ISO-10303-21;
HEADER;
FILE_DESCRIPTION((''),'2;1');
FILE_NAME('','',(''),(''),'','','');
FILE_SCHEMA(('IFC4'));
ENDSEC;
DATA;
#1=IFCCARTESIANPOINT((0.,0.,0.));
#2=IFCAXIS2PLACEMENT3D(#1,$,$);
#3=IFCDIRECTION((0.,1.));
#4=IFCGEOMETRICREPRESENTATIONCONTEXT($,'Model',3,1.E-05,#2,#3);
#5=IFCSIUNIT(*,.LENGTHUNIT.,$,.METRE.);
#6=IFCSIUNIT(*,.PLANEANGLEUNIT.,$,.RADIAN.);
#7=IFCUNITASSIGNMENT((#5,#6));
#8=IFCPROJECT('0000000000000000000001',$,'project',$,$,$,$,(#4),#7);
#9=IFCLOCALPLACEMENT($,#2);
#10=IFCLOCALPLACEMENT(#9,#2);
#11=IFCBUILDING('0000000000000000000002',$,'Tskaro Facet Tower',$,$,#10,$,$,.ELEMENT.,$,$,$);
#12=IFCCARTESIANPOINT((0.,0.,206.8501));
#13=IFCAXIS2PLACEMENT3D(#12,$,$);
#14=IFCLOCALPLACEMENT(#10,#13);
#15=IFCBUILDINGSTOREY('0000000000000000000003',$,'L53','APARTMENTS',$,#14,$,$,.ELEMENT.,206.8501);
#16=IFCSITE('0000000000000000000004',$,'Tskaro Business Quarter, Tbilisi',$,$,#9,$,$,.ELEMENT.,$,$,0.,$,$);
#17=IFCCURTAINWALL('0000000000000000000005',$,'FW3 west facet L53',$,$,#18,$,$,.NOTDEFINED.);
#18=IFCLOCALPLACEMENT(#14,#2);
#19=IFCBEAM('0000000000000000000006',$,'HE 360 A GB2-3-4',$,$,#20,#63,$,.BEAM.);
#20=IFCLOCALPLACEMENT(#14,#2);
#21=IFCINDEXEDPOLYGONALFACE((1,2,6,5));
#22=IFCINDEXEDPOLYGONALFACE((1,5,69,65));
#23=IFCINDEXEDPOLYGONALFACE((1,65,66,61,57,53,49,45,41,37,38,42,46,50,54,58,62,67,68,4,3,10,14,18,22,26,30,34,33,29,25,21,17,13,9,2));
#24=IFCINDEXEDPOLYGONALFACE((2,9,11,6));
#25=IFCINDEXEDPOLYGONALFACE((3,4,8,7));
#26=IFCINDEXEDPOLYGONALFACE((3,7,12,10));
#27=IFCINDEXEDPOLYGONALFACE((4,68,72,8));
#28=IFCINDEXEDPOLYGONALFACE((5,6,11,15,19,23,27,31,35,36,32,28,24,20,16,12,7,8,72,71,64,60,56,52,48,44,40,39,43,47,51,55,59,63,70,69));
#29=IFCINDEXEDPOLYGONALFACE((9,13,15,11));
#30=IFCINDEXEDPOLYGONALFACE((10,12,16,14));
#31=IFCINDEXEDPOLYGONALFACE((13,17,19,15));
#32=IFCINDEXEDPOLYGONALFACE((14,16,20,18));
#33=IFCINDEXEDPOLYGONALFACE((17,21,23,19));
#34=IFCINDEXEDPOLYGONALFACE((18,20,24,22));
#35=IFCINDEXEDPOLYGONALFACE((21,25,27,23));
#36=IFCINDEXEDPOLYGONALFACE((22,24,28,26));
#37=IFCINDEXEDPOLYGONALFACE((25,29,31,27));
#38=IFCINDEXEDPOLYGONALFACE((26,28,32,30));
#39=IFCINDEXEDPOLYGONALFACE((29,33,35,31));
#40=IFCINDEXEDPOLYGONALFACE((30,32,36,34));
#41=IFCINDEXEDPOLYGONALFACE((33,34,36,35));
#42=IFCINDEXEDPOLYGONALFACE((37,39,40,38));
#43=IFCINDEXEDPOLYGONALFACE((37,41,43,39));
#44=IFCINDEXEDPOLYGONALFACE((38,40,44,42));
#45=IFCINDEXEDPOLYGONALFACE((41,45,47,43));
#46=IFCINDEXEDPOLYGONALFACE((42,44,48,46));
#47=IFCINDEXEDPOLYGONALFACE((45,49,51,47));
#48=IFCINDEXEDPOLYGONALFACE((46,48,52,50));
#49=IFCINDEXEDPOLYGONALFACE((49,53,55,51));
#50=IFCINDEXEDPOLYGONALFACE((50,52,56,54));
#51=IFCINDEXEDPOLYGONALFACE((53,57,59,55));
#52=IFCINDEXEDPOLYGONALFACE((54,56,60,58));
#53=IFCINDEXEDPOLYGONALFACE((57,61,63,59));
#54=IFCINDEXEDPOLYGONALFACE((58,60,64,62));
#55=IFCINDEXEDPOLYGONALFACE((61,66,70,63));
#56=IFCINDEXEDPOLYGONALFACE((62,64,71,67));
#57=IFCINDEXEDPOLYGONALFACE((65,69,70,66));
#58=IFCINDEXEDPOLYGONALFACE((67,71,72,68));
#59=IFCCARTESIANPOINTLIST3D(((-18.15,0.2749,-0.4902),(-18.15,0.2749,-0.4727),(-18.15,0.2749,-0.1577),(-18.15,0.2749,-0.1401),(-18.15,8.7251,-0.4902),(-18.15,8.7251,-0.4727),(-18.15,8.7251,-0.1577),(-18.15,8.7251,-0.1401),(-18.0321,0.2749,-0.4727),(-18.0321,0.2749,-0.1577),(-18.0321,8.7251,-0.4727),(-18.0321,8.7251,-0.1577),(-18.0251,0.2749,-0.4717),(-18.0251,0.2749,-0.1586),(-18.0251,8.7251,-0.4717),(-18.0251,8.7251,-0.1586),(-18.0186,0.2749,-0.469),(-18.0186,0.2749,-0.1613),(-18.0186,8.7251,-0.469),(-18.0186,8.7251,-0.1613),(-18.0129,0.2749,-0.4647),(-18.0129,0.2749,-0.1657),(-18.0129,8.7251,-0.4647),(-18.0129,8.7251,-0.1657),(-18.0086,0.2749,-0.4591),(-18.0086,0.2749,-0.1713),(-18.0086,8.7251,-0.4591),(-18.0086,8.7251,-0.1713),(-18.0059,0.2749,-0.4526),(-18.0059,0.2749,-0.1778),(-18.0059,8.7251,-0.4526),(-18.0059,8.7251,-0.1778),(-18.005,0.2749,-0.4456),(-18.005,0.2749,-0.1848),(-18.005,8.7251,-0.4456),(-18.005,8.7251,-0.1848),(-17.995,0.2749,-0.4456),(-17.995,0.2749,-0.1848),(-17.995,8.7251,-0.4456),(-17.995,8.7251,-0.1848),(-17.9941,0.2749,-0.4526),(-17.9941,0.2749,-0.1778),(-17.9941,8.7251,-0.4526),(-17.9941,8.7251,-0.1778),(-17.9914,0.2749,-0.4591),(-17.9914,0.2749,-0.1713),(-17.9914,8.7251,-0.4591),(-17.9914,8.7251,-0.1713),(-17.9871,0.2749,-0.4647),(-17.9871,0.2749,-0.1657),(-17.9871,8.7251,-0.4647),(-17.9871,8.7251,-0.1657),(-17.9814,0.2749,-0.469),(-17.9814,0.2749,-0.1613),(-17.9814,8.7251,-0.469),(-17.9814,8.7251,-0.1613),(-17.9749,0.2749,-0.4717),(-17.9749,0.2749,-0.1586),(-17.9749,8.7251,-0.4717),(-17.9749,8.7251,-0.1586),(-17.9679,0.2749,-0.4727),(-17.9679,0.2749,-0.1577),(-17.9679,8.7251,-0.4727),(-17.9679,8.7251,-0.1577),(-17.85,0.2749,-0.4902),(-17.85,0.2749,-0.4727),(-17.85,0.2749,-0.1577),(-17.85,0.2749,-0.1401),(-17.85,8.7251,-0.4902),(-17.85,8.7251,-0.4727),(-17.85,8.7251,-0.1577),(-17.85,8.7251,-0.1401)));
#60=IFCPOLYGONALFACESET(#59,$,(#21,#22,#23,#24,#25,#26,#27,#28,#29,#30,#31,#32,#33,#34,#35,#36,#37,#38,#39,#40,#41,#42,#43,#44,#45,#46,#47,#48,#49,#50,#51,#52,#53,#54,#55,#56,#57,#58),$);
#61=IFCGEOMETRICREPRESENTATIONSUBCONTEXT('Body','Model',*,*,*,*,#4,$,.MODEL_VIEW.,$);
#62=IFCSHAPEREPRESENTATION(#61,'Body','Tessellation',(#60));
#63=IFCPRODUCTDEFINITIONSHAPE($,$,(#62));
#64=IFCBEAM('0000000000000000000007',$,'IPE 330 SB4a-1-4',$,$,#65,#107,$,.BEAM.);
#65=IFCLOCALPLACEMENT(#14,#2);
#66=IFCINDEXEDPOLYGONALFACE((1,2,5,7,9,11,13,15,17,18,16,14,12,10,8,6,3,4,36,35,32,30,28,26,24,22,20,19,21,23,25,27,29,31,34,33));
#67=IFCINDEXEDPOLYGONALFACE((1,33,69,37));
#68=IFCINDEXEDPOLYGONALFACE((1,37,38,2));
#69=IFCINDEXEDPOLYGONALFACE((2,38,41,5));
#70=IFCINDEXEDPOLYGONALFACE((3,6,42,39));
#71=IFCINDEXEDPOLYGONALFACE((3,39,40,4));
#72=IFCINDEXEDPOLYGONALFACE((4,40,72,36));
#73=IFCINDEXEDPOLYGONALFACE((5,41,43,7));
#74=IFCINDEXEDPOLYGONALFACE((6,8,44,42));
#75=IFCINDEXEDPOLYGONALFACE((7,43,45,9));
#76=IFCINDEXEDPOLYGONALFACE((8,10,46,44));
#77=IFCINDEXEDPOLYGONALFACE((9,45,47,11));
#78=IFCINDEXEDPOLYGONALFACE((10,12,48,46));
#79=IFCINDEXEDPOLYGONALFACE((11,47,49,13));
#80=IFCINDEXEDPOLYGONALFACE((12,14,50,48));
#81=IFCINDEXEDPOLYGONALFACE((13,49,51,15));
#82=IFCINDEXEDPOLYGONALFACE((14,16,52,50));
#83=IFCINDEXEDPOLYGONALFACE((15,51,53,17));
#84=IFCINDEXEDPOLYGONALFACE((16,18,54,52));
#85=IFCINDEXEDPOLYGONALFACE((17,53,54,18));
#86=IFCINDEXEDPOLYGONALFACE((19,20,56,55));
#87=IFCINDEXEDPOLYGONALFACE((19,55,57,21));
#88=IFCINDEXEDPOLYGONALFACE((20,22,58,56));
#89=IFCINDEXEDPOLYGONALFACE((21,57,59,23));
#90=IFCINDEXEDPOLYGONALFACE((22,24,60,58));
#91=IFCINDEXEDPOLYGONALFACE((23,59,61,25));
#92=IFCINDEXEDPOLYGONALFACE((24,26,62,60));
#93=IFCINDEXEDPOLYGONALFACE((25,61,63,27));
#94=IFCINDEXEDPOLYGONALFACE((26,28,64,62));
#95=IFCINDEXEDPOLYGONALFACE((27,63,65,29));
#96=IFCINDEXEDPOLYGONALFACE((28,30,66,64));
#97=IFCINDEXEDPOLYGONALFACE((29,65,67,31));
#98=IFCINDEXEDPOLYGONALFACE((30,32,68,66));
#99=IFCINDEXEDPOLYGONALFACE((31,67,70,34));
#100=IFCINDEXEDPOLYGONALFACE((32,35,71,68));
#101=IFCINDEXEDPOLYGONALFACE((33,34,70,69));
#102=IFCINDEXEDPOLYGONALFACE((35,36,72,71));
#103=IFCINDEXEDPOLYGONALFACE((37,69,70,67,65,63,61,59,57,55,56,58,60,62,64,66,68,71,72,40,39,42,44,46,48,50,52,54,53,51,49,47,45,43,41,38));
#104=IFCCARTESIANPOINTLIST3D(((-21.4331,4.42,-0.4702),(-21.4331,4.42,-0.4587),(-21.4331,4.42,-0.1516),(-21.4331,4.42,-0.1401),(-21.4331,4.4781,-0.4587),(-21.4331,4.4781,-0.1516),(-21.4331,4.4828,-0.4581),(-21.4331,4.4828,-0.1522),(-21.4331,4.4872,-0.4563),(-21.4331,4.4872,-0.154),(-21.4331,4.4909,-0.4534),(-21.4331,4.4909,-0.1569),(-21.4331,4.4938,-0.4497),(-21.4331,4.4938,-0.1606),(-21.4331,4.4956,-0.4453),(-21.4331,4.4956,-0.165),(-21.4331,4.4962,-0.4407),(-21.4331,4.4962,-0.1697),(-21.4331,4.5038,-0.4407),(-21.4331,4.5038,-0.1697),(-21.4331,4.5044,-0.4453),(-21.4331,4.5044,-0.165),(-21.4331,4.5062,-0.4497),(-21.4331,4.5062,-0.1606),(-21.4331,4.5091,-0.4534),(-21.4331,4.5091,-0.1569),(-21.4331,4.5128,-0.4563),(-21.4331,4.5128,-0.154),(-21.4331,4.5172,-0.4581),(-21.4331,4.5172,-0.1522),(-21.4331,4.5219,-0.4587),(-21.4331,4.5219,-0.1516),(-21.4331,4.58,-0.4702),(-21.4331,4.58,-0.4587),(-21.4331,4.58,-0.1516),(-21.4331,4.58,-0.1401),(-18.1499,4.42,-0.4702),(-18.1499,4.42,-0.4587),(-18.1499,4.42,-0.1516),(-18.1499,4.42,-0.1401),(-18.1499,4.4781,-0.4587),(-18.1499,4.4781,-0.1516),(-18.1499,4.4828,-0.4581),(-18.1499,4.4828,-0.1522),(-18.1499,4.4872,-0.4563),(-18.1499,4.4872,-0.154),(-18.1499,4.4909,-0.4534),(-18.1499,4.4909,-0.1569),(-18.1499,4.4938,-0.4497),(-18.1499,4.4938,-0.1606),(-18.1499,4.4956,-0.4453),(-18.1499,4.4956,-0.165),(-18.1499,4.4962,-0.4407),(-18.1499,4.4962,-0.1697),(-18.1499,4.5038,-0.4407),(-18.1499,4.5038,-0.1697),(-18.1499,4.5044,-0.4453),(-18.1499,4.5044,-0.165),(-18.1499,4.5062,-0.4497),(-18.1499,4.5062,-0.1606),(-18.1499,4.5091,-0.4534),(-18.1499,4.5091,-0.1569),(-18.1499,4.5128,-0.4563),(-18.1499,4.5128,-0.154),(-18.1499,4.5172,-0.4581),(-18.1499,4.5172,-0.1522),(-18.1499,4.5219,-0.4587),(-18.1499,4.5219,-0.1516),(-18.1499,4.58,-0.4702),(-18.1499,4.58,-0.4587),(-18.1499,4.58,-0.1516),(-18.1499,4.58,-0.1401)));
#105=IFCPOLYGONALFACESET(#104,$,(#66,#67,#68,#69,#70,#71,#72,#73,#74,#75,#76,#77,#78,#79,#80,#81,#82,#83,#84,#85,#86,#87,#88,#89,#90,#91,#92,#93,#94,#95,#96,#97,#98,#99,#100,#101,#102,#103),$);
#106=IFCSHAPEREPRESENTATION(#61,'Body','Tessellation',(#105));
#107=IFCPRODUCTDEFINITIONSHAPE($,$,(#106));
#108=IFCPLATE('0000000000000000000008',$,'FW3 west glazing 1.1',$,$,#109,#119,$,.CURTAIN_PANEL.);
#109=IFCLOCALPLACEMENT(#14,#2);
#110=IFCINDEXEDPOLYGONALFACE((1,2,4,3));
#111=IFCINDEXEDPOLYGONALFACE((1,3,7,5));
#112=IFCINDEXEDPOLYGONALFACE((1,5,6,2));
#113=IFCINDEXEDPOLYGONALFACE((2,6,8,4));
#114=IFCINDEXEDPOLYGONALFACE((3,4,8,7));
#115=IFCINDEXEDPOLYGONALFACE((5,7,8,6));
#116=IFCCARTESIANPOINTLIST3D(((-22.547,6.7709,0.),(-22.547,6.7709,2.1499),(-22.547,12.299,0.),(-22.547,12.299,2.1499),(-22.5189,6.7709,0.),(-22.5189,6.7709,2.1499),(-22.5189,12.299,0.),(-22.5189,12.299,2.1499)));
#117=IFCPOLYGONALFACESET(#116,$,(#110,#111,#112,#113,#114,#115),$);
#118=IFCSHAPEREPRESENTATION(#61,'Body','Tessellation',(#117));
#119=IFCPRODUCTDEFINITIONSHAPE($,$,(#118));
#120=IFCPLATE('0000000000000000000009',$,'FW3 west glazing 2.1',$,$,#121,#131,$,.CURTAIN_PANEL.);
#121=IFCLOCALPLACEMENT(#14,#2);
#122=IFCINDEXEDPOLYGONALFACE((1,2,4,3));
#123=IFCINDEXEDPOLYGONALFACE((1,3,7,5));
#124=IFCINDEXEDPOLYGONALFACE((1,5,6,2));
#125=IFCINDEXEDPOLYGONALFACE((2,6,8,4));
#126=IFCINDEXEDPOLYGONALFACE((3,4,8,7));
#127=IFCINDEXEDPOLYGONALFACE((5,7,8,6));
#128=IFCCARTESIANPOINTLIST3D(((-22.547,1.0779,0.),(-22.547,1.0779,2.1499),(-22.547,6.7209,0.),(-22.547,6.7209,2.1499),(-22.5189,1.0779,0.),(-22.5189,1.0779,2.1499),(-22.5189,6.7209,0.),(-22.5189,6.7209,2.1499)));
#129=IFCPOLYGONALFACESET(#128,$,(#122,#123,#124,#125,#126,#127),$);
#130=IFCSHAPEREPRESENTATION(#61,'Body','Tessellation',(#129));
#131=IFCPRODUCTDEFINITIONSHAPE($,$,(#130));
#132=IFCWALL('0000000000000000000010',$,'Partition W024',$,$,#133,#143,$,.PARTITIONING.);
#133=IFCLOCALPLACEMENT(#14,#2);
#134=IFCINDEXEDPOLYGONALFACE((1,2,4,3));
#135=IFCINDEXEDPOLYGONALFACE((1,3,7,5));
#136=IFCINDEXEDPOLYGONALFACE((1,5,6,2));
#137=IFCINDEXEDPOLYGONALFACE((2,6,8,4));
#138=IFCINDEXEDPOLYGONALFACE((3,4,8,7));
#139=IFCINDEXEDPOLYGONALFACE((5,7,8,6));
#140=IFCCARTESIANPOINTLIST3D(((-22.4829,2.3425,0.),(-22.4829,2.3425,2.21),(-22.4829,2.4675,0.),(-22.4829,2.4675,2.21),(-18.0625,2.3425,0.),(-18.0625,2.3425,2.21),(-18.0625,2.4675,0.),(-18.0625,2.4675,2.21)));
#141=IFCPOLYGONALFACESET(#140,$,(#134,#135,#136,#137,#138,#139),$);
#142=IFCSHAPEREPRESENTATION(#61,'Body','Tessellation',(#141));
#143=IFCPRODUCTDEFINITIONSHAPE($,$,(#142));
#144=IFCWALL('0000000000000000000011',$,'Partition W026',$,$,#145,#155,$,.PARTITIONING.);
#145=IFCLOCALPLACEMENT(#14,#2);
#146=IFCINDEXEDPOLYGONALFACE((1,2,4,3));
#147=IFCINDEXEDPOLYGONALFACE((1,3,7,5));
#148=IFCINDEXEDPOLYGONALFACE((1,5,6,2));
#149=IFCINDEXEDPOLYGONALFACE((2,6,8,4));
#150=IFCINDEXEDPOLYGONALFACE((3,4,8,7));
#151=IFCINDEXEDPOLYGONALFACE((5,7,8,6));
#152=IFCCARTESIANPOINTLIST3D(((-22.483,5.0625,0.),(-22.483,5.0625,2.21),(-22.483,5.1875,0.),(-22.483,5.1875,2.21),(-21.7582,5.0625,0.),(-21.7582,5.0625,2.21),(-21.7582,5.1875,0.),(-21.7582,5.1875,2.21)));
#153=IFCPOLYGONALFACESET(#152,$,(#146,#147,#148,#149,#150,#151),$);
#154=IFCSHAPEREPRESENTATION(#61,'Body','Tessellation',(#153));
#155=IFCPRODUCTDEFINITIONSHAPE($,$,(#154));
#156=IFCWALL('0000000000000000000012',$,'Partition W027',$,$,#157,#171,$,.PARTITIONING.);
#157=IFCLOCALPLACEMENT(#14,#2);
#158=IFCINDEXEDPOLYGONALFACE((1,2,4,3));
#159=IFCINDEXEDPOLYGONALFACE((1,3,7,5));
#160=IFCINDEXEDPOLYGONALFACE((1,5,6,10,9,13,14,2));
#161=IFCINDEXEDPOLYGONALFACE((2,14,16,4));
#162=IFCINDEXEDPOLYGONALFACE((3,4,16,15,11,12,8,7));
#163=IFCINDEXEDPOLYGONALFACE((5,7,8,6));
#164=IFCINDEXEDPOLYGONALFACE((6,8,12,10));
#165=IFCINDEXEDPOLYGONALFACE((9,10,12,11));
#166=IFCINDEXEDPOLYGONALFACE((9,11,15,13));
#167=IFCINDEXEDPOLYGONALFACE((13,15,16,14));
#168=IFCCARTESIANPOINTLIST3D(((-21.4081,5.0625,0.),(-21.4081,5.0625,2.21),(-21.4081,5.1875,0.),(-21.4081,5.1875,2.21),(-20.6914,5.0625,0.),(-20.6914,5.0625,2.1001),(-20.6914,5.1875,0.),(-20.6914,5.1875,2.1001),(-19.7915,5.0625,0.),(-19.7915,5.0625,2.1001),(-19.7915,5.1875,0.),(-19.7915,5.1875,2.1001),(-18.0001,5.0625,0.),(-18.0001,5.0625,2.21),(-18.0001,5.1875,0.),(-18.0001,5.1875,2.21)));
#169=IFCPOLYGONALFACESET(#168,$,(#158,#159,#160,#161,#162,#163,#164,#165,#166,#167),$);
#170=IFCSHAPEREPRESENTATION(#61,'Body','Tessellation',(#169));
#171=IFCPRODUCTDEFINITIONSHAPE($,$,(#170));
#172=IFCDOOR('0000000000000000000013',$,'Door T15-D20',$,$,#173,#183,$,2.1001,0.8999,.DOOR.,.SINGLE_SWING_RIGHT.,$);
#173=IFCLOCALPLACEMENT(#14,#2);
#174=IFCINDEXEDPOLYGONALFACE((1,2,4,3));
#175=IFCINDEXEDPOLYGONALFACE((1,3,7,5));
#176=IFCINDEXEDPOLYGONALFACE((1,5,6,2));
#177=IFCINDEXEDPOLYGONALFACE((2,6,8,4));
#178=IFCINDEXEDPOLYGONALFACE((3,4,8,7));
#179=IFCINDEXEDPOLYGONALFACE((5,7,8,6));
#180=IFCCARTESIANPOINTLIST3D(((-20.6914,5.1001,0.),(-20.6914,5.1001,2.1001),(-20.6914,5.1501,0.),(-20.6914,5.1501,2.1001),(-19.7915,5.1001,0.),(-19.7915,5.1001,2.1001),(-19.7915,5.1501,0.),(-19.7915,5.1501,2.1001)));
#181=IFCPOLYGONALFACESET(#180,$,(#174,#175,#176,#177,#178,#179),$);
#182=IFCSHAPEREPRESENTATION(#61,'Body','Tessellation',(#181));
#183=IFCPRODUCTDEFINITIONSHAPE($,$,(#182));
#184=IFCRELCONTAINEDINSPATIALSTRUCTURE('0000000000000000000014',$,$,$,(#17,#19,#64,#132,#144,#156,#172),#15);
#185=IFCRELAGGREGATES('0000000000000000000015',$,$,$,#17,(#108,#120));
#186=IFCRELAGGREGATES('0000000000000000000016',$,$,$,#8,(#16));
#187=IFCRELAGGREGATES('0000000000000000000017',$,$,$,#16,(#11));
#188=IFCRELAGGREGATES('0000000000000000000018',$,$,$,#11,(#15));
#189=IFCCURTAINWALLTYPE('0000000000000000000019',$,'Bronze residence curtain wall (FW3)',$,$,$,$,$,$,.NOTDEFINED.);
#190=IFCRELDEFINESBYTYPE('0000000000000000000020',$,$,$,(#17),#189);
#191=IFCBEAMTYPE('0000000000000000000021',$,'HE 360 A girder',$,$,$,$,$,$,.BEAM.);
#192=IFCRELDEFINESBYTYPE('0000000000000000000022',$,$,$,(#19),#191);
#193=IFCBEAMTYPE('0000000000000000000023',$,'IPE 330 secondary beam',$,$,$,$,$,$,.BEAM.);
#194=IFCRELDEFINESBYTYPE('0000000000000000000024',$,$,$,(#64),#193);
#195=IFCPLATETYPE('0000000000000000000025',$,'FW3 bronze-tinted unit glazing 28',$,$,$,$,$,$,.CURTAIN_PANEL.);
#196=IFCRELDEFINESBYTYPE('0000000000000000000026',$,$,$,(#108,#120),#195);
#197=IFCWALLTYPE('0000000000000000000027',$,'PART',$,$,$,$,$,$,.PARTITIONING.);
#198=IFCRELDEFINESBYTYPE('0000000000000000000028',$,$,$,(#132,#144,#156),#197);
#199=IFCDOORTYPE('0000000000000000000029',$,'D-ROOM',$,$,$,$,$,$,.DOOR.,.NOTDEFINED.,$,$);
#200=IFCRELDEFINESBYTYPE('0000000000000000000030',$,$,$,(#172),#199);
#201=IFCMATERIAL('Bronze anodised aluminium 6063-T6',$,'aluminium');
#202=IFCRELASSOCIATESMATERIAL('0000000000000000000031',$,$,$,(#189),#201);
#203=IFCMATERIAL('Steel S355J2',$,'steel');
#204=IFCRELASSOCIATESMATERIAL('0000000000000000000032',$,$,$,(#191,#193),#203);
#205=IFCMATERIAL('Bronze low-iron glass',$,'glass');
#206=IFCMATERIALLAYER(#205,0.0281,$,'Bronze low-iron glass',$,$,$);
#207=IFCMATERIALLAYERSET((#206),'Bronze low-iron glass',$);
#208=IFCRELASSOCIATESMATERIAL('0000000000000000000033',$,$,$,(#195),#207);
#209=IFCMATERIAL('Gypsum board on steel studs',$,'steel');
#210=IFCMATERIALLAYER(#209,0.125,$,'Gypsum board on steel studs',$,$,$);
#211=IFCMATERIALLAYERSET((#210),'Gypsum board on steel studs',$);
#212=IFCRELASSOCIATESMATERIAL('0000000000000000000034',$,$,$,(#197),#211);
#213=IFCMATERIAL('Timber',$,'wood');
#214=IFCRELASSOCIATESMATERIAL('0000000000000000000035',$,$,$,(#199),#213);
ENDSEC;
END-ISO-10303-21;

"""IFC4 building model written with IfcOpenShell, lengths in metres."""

from ifc_helpers import new_model, si_unit, direction, frame, frame_2d, origin, origin_2d, place, context, subcontext, project, spatial, rectangle, i_section, extrude, material, layer, layer_set, material_profile, profile_set, type_object, element, fill, aggregate, save


model = new_model("IFC4")

# Units and contexts
model_context = context("Model", 3, precision=1e-05, world=origin(), true_north=direction((0.0, 1.0)))
body_context = subcontext(model_context, "Body", "Model", "MODEL_VIEW")
ifc_project = project(units=[si_unit("LENGTHUNIT", "METRE"), si_unit("PLANEANGLEUNIT", "RADIAN")], contexts=[model_context])

# Site, building, storey
site_placement = place(None, origin())
site = spatial("IfcSite", under=ifc_project, at=site_placement, Name="Tskaro Business Quarter, Tbilisi", CompositionType="ELEMENT", RefElevation=0.0)
building_placement = place(site_placement, origin())
building = spatial("IfcBuilding", under=site, at=building_placement, Name="Tskaro Facet Tower", CompositionType="ELEMENT")
storey_placement = place(building_placement, frame((0.0, 0.0, 206.8501)))
storey = spatial("IfcBuildingStorey", under=building, at=storey_placement, Name="L53", Description="APARTMENTS", CompositionType="ELEMENT", Elevation=206.8501)

# Curtain wall
ifc_material_1 = material(Name="Bronze anodised aluminium 6063-T6", Category="aluminium")
curtain_wall_type = type_object("IfcCurtainWallType", Name="Bronze residence curtain wall (FW3)", PredefinedType="NOTDEFINED", material=ifc_material_1)
curtain_wall_placement = place(storey_placement, origin())
curtain_wall = element("IfcCurtainWall", 1, at=curtain_wall_placement, inside=storey, type_object=curtain_wall_type, Name="FW3 west facet L53", PredefinedType="NOTDEFINED")

# Beams
ifc_material_2 = material(Name="Steel S355J2", Category="steel")
ifc_material_profile_1 = material_profile(ifc_material_2, i_section(OverallWidth=0.3, OverallDepth=0.3501, WebThickness=0.01, FlangeThickness=0.0176, FilletRadius=0.0271, at=origin_2d()), Name="HE 360 A")
ifc_profile_set_1 = profile_set([ifc_material_profile_1], Name="Steel S355J2")
beam_type_1 = type_object("IfcBeamType", Name="HE 360 A girder", PredefinedType="BEAM", material=ifc_profile_set_1)
beam_1_placement = place(storey_placement, frame((-18.0, 0.2749, -0.3152), z_axis=(0.0, 1.0, 0.0), x_axis=(-1.0, 0.0, 0.0)))
element("IfcBeam", 2, at=beam_1_placement, inside=storey, type_object=beam_type_1, Name="HE 360 A GB2-3-4", PredefinedType="BEAM", context=body_context, shape_type="SweptSolid", body=[
    extrude(i_section(OverallWidth=0.3, OverallDepth=0.3501, WebThickness=0.01, FlangeThickness=0.0176, FilletRadius=0.0271, at=origin_2d()), origin(), (0.0, 0.0, 1.0), 8.4502),
])
ifc_material_profile_2 = material_profile(ifc_material_2, i_section(OverallWidth=0.1599, OverallDepth=0.3301, WebThickness=0.0076, FlangeThickness=0.0115, FilletRadius=0.0181, at=origin_2d()), Name="IPE 330")
ifc_profile_set_2 = profile_set([ifc_material_profile_2], Name="Steel S355J2")
beam_type_2 = type_object("IfcBeamType", Name="IPE 330 secondary beam", PredefinedType="BEAM", material=ifc_profile_set_2)
beam_2_placement = place(storey_placement, frame((-21.4331, 4.5, -0.3052), z_axis=(1.0, 0.0, 0.0), x_axis=(0.0, 1.0, 0.0)))
element("IfcBeam", 3, at=beam_2_placement, inside=storey, type_object=beam_type_2, Name="IPE 330 SB4a-1-4", PredefinedType="BEAM", context=body_context, shape_type="SweptSolid", body=[
    extrude(i_section(OverallWidth=0.1599, OverallDepth=0.3301, WebThickness=0.0076, FlangeThickness=0.0115, FilletRadius=0.0181, at=origin_2d()), origin(), (0.0, 0.0, 1.0), 3.2832),
])

# Plates
ifc_material_3 = material(Name="Bronze low-iron glass", Category="glass")
ifc_layer_1 = layer(ifc_material_3, 0.0281, Name="Bronze low-iron glass")
ifc_layer_set_1 = layer_set([ifc_layer_1], Name="Bronze low-iron glass")
plate_type = type_object("IfcPlateType", Name="FW3 bronze-tinted unit glazing 28", PredefinedType="CURTAIN_PANEL", material=ifc_layer_set_1)
plate_1_placement = place(storey_placement, frame((-22.533, 9.5349, 0.0), z_axis=(0.0, 0.0, 1.0), x_axis=(0.0, -1.0, 0.0)))
plate_1 = element("IfcPlate", 4, at=plate_1_placement, type_object=plate_type, Name="FW3 west glazing 1.1", PredefinedType="CURTAIN_PANEL", context=body_context, shape_type="SweptSolid", body=[
    extrude(rectangle(XDim=5.5281, YDim=0.0281, at=origin_2d()), origin(), (0.0, 0.0, 1.0), 2.1499),
])
plate_2_placement = place(storey_placement, frame((-22.533, 3.8994, 0.0), z_axis=(0.0, 0.0, 1.0), x_axis=(0.0, -1.0, 0.0)))
plate_2 = element("IfcPlate", 5, at=plate_2_placement, type_object=plate_type, Name="FW3 west glazing 2.1", PredefinedType="CURTAIN_PANEL", context=body_context, shape_type="SweptSolid", body=[
    extrude(rectangle(XDim=5.6431, YDim=0.0281, at=origin_2d()), origin(), (0.0, 0.0, 1.0), 2.1499),
])
aggregate(curtain_wall, [plate_1, plate_2])

# Walls
ifc_material_4 = material(Name="Gypsum board on steel studs", Category="steel")
ifc_layer_2 = layer(ifc_material_4, 0.125, Name="Gypsum board on steel studs")
ifc_layer_set_2 = layer_set([ifc_layer_2], Name="Gypsum board on steel studs")
wall_type = type_object("IfcWallType", Name="PART", PredefinedType="PARTITIONING", material=ifc_layer_set_2)
wall_1_placement = place(storey_placement, frame((-22.4829, 2.405, 0.0), z_axis=(0.0, 0.0, 1.0), x_axis=(1.0, 0.0, 0.0)))
element("IfcWall", 6, at=wall_1_placement, inside=storey, type_object=wall_type, Name="Partition W024", PredefinedType="PARTITIONING", context=body_context, shape_type="SweptSolid", body=[
    extrude(rectangle(XDim=4.4204, YDim=0.125, at=frame_2d((2.2102, 0.0))), origin(), (0.0, 0.0, 1.0), 2.21),
])
wall_2_placement = place(storey_placement, frame((-22.4829, 5.125, 0.0), z_axis=(0.0, 0.0, 1.0), x_axis=(1.0, 0.0, 0.0)))
element("IfcWall", 7, at=wall_2_placement, inside=storey, type_object=wall_type, Name="Partition W026", PredefinedType="PARTITIONING", context=body_context, shape_type="SweptSolid", body=[
    extrude(rectangle(XDim=0.7249, YDim=0.125, at=frame_2d((0.3623, 0.0))), origin(), (0.0, 0.0, 1.0), 2.21),
])

# Wall, opening, door
wall_3_placement = place(storey_placement, frame((-18.0, 5.125, 0.0), z_axis=(0.0, 0.0, 1.0), x_axis=(-1.0, 0.0, 0.0)))
wall_3 = element("IfcWall", 8, at=wall_3_placement, inside=storey, type_object=wall_type, Name="Partition W027", PredefinedType="PARTITIONING", context=body_context, shape_type="SweptSolid", body=[
    extrude(rectangle(XDim=3.408, YDim=0.125, at=frame_2d((1.7041, 0.0))), origin(), (0.0, 0.0, 1.0), 2.21),
])
opening_1_placement = place(wall_3_placement, frame((1.7915, 0.0, 0.0)))
opening_1 = element("IfcOpeningElement", 9, at=opening_1_placement, cuts=wall_3, PredefinedType="OPENING", context=body_context, shape_type="SweptSolid", body=[
    extrude(rectangle(XDim=0.8999, YDim=2.1001, at=frame_2d((0.45, 1.05))), frame((0.0, 0.0725, 0.0), z_axis=(0.0, -1.0, 0.0), x_axis=(1.0, 0.0, 0.0)), (0.0, 0.0, 1.0), 0.145),
])
ifc_material_5 = material(Name="Timber", Category="wood")
door_type_1 = type_object("IfcDoorType", Name="D-ROOM", OperationType="NOTDEFINED", PredefinedType="DOOR", material=ifc_material_5)
door_1_placement = place(opening_1_placement, origin())
door_1 = element("IfcDoor", 10, at=door_1_placement, inside=storey, type_object=door_type_1, Name="Door T15-D20", OperationType="SINGLE_SWING_RIGHT", OverallHeight=2.1001, OverallWidth=0.8999, PredefinedType="DOOR", context=body_context, shape_type="SweptSolid", body=[
    extrude(rectangle(XDim=0.8999, YDim=2.1001, at=frame_2d((0.45, 1.05))), frame((0.0, 0.0249, 0.0), z_axis=(0.0, -1.0, 0.0), x_axis=(1.0, 0.0, 0.0)), (0.0, 0.0, 1.0), 0.05),
])
fill(opening_1, door_1)

save(model, "model.ifc")
